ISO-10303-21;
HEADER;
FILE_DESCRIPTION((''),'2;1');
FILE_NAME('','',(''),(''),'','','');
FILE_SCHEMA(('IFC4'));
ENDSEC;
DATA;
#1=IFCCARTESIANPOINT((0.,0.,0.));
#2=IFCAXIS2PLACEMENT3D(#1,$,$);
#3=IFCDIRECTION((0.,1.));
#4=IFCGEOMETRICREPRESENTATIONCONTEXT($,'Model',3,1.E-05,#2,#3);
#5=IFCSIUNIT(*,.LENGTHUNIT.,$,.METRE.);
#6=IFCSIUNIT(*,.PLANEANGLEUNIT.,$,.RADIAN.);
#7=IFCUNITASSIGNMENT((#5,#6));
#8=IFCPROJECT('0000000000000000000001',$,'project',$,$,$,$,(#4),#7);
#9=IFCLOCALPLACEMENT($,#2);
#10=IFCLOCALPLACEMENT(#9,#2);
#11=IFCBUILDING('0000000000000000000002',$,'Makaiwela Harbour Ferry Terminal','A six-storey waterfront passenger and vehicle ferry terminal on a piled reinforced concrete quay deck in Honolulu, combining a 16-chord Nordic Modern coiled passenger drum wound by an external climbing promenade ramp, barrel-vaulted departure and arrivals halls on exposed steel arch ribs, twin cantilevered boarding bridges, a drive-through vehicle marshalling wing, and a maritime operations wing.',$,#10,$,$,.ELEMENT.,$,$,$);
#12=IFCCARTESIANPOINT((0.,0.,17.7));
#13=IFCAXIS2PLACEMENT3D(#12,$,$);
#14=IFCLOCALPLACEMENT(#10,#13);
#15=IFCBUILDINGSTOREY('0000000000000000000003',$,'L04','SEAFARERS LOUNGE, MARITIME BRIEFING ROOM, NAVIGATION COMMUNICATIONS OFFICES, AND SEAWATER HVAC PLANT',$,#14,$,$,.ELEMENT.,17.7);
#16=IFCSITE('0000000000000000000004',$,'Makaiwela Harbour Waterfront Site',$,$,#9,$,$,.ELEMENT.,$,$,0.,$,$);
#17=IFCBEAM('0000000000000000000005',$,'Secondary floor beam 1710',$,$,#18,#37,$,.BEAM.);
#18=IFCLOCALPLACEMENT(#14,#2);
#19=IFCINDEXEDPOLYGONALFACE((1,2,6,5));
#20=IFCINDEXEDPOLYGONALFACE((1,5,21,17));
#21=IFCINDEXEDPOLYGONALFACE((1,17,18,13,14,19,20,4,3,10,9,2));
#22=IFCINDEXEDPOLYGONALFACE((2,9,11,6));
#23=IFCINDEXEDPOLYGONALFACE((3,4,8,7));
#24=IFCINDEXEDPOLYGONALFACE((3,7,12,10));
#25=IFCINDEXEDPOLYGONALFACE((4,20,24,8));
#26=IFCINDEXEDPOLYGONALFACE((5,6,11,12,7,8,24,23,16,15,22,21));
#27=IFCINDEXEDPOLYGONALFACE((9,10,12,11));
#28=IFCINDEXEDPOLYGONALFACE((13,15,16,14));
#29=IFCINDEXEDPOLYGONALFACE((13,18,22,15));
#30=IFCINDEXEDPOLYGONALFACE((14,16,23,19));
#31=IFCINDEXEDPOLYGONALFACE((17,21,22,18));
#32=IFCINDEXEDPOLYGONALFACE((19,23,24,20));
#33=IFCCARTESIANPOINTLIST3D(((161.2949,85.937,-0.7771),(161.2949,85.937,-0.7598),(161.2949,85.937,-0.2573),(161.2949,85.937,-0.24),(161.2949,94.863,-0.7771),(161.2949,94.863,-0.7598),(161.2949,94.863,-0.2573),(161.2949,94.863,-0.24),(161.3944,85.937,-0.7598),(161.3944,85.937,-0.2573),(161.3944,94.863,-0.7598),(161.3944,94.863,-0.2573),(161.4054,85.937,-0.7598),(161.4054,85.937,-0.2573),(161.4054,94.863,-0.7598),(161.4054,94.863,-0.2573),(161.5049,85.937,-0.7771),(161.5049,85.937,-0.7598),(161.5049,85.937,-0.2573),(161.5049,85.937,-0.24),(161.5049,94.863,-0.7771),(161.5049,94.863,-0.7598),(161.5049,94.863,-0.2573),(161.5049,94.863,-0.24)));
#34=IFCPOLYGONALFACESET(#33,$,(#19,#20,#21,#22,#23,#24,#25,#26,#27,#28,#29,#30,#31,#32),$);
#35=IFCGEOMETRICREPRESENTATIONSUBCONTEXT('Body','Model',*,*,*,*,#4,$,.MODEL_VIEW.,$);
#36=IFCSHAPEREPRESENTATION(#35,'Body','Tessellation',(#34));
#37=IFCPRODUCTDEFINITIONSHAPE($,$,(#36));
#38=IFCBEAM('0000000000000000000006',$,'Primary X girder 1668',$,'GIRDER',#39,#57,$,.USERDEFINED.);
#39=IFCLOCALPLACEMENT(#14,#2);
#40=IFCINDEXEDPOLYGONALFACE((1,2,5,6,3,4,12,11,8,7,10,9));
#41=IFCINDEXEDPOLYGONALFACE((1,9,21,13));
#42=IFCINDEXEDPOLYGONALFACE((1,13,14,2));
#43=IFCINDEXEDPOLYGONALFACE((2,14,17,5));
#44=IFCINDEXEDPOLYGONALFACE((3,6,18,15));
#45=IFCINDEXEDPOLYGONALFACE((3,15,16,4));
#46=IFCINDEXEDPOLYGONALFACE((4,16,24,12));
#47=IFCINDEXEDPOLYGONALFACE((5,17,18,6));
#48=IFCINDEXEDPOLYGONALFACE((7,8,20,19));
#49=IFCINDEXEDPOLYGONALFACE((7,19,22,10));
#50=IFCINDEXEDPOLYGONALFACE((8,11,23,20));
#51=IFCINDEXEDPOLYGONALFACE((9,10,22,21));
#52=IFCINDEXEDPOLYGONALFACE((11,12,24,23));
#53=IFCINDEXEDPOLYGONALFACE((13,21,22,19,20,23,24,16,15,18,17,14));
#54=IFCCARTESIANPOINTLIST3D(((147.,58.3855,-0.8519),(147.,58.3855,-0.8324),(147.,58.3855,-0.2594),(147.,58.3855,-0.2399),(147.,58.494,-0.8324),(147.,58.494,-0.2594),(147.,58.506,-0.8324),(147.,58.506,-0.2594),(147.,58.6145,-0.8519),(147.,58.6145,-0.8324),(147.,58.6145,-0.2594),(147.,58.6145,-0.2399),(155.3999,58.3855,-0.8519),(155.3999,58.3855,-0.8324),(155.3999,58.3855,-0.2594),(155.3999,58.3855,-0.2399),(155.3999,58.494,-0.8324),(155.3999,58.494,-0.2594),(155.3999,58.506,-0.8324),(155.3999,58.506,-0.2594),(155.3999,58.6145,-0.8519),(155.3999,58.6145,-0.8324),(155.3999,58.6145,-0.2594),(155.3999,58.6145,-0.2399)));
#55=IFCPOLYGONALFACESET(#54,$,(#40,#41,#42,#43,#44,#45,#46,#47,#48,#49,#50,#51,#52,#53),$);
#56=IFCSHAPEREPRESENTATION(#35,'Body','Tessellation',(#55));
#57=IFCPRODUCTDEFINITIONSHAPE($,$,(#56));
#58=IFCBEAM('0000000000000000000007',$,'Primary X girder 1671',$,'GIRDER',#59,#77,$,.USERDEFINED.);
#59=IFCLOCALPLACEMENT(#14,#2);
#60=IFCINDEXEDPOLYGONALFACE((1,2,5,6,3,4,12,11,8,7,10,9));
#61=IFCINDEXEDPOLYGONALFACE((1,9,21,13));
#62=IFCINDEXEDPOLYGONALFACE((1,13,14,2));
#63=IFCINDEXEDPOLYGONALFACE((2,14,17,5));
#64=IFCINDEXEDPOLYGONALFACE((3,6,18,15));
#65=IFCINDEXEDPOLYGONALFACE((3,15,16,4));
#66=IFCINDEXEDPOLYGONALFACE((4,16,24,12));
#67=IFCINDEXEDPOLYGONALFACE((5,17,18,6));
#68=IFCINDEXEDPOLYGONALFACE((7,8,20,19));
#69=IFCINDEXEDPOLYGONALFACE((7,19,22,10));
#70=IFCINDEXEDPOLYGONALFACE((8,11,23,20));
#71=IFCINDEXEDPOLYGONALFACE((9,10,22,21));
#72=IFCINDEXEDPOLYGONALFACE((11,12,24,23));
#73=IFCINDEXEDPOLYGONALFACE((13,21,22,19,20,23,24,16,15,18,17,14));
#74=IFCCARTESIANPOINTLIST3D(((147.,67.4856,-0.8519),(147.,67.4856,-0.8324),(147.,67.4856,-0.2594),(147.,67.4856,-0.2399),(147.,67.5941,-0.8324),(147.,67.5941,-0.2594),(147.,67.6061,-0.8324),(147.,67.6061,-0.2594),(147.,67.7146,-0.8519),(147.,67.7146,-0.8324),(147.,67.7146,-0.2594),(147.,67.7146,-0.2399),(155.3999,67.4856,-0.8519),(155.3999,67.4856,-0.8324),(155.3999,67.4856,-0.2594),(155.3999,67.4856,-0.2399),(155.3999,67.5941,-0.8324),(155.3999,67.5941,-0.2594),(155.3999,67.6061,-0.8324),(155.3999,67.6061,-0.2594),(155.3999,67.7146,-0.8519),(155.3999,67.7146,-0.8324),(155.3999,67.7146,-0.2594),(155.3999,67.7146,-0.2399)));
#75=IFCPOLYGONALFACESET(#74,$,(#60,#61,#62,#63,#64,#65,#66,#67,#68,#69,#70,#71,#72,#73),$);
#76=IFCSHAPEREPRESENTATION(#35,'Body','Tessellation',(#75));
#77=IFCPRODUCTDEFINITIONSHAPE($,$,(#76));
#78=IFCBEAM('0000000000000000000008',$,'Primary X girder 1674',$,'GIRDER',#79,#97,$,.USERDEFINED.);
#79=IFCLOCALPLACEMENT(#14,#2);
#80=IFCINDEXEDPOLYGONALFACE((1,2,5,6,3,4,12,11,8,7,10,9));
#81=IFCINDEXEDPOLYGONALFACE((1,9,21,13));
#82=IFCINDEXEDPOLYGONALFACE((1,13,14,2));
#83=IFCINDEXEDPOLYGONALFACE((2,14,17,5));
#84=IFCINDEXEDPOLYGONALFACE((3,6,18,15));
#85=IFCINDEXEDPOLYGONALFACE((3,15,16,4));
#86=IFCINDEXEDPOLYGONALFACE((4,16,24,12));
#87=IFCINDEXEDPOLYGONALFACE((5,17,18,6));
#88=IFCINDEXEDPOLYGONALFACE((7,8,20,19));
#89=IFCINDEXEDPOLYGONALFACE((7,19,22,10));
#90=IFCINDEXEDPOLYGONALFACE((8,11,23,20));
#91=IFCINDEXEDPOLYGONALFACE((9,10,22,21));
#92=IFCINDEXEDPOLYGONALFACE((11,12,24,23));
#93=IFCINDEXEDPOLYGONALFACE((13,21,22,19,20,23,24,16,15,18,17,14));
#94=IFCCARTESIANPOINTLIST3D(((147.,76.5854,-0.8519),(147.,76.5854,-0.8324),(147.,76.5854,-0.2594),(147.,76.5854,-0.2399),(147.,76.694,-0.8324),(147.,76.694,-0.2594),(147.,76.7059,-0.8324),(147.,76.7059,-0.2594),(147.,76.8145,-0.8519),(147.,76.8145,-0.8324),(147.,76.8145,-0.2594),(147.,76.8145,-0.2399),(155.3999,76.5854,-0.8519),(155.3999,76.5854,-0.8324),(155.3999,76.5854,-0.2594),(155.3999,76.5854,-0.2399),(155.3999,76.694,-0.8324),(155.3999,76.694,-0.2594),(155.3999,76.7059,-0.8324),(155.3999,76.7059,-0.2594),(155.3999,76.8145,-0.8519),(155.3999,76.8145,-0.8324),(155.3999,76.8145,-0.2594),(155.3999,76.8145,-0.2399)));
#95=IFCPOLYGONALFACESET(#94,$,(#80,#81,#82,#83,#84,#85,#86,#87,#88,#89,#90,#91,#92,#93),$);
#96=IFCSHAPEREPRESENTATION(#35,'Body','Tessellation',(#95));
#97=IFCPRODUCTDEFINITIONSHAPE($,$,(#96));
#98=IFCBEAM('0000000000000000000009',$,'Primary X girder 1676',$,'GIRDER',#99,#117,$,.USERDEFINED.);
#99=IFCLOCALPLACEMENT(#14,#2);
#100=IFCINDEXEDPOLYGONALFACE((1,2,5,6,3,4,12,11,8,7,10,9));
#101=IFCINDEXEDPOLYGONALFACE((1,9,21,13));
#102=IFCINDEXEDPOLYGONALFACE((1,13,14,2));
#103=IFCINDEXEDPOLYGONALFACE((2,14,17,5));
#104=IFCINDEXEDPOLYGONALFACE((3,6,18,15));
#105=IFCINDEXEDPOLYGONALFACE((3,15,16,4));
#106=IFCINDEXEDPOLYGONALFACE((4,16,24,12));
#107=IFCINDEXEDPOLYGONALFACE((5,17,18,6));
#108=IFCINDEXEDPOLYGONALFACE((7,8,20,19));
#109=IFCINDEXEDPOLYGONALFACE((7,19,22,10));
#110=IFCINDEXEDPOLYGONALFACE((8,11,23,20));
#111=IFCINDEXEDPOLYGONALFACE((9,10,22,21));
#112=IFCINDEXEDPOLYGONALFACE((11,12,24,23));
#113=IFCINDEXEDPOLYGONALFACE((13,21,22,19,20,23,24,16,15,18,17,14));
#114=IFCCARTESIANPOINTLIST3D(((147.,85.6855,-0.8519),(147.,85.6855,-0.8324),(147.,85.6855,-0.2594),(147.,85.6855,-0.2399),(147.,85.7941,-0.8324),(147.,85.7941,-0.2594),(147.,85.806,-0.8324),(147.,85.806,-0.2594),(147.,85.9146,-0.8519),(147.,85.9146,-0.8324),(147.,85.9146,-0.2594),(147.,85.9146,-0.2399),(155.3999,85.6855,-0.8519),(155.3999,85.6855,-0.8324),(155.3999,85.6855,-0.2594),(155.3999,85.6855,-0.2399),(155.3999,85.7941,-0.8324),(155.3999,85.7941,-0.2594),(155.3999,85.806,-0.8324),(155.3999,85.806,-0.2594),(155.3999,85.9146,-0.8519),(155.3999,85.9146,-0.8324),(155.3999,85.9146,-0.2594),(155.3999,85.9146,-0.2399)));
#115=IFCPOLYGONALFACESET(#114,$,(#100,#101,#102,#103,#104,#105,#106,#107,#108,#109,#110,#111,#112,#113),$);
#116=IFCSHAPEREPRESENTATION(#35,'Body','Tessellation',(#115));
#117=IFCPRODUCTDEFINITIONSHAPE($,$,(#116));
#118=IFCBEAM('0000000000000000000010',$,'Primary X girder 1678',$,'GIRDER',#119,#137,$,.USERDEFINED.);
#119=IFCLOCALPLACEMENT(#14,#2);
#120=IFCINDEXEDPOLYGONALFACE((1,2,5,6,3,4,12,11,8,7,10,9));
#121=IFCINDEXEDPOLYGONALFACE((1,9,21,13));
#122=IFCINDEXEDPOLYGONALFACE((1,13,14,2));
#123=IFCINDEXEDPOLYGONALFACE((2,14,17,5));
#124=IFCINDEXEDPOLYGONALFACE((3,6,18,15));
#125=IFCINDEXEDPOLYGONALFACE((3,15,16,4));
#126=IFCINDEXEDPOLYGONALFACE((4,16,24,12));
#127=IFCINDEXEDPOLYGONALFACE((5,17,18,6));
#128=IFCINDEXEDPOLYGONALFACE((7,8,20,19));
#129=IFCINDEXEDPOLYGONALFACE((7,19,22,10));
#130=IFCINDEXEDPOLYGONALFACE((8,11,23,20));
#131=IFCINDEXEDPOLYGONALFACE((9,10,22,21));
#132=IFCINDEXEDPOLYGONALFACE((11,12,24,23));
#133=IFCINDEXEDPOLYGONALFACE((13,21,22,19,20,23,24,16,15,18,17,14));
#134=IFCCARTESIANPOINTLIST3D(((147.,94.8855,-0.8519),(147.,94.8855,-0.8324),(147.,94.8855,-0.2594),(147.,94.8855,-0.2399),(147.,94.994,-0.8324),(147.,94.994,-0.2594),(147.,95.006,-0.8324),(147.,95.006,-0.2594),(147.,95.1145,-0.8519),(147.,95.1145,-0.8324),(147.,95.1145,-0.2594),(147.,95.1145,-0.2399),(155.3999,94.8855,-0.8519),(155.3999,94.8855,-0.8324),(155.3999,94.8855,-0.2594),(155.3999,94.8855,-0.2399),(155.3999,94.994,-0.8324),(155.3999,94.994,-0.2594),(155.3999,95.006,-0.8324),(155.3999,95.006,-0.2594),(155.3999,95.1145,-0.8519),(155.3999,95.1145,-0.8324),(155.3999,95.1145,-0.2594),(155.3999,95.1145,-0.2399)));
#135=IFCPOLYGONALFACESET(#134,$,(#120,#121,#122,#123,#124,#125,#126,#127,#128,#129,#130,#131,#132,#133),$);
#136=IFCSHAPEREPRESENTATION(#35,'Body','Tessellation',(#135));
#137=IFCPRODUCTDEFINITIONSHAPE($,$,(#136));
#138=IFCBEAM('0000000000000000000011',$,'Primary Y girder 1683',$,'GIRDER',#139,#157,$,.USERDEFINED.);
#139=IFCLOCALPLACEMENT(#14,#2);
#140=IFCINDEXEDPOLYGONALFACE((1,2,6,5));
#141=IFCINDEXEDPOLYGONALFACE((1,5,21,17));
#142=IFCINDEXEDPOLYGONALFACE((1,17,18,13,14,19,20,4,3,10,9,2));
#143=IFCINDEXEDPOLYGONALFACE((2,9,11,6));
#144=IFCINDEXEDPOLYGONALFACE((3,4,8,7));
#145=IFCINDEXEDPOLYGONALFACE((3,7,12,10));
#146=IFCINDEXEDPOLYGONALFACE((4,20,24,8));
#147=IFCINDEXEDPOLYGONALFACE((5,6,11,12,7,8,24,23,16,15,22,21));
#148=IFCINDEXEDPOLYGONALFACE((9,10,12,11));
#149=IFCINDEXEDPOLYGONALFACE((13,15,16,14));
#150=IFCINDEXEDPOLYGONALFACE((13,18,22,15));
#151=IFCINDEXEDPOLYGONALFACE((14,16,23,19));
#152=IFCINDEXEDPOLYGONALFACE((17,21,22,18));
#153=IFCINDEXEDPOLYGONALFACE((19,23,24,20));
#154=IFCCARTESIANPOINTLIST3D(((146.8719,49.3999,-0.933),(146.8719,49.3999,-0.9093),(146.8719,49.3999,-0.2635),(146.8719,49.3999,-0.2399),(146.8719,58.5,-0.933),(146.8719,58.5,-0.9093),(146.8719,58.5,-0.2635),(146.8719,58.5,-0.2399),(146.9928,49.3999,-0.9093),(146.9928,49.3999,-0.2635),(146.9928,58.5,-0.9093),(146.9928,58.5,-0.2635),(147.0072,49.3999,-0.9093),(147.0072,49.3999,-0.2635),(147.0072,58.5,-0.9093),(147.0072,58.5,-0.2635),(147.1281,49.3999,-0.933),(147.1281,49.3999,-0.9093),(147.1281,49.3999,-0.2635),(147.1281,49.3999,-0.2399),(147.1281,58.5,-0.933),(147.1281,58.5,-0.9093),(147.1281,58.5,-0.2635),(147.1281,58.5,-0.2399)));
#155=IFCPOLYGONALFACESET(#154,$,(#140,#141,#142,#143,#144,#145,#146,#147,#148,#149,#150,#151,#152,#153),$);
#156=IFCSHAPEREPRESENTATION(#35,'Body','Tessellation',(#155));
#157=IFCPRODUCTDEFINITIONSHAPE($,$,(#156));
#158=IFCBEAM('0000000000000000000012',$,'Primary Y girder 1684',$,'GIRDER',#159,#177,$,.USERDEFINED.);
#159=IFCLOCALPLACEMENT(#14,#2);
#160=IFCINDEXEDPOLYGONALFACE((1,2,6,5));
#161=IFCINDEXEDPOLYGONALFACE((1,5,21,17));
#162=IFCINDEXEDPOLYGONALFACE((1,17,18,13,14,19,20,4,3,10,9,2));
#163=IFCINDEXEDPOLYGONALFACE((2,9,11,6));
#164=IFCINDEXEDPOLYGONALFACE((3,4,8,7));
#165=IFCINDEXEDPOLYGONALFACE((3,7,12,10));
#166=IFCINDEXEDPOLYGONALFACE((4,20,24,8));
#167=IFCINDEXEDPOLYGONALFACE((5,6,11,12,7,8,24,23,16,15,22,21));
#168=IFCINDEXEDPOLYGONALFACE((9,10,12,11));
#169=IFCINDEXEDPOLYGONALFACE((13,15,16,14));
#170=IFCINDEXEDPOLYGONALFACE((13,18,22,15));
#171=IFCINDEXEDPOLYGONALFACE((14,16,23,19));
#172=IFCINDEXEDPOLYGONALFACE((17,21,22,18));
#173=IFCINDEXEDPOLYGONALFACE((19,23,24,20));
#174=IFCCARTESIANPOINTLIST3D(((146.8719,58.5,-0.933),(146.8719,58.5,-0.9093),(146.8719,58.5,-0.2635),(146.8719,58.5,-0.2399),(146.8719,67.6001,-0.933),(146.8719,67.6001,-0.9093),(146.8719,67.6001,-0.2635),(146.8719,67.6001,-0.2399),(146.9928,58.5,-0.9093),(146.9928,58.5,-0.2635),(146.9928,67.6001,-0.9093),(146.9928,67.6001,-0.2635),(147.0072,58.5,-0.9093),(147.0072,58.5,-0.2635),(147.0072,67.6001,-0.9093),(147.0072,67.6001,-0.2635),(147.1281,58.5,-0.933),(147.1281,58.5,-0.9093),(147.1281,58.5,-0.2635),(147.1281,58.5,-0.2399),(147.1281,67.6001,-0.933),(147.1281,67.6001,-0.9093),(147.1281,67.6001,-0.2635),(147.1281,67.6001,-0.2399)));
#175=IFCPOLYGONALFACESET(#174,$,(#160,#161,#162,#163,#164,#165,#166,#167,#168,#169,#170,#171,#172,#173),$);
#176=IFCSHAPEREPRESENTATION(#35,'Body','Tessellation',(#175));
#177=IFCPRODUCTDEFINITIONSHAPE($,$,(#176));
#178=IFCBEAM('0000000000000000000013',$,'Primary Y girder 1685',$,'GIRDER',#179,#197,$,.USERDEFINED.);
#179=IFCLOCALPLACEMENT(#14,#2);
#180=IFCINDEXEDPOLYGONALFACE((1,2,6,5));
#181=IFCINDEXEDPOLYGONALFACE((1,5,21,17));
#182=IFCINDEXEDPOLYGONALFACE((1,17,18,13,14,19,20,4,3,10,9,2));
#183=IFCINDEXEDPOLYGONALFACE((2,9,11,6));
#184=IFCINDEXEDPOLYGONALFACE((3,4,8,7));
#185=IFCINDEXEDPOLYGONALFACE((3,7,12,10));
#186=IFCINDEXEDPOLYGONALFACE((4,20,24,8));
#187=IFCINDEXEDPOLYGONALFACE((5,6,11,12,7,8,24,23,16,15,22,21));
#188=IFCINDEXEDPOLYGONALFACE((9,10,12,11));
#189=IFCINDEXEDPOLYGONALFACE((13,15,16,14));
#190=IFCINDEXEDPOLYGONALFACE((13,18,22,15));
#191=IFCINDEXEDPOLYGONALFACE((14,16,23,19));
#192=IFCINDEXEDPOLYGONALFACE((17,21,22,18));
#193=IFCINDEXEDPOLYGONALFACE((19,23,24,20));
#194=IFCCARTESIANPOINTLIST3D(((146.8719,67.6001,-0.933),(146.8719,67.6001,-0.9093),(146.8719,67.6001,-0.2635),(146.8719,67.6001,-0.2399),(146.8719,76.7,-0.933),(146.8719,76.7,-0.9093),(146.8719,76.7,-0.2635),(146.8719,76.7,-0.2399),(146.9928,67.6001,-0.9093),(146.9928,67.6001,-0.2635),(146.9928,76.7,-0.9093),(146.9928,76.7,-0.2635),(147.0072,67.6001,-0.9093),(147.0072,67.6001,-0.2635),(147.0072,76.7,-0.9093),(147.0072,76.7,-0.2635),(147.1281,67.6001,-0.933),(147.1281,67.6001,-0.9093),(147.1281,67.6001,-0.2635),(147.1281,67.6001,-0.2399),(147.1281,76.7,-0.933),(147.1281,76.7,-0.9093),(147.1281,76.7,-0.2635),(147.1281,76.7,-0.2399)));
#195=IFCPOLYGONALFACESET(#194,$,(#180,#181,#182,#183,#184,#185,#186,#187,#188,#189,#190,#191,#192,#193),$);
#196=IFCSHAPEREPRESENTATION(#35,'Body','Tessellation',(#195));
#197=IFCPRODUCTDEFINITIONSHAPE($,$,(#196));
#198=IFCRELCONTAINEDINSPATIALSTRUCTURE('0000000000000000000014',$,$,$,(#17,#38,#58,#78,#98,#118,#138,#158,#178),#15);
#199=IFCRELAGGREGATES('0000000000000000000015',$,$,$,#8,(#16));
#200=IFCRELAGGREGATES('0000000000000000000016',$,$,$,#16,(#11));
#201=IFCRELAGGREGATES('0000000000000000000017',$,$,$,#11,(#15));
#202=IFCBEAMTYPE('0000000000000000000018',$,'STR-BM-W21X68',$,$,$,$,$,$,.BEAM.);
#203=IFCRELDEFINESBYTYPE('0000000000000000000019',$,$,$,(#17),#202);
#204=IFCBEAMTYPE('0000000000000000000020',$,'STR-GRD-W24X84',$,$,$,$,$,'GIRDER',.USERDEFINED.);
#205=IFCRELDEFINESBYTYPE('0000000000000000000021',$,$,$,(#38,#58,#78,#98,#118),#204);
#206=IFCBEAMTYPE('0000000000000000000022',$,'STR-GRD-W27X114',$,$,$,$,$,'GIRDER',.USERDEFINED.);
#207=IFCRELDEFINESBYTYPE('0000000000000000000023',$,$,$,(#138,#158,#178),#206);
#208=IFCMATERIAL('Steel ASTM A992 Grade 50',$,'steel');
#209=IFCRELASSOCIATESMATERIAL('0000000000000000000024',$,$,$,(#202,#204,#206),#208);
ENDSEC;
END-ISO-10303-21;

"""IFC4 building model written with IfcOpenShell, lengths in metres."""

from ifc_helpers import new_model, si_unit, direction, frame, origin, origin_2d, place, context, subcontext, project, spatial, i_section, extrude, material, material_profile, profile_set, type_object, element, save


model = new_model("IFC4")

# Units and contexts
model_context = context("Model", 3, precision=1e-05, world=origin(), true_north=direction((0.0, 1.0)))
body_context = subcontext(model_context, "Body", "Model", "MODEL_VIEW")
ifc_project = project(units=[si_unit("LENGTHUNIT", "METRE"), si_unit("PLANEANGLEUNIT", "RADIAN")], contexts=[model_context])

# Site, building, storey
site_placement = place(None, origin())
site = spatial("IfcSite", under=ifc_project, at=site_placement, Name="Makaiwela Harbour Waterfront Site", CompositionType="ELEMENT", RefElevation=0.0)
building_placement = place(site_placement, origin())
building = spatial("IfcBuilding", under=site, at=building_placement, Name="Makaiwela Harbour Ferry Terminal", Description="A six-storey waterfront passenger and vehicle ferry terminal on a piled reinforced concrete quay deck in Honolulu, combining a 16-chord Nordic Modern coiled passenger drum wound by an external climbing promenade ramp, barrel-vaulted departure and arrivals halls on exposed steel arch ribs, twin cantilevered boarding bridges, a drive-through vehicle marshalling wing, and a maritime operations wing.", CompositionType="ELEMENT")
storey_placement = place(building_placement, frame((0.0, 0.0, 17.7)))
storey = spatial("IfcBuildingStorey", under=building, at=storey_placement, Name="L04", Description="SEAFARERS LOUNGE, MARITIME BRIEFING ROOM, NAVIGATION COMMUNICATIONS OFFICES, AND SEAWATER HVAC PLANT", CompositionType="ELEMENT", Elevation=17.7)

# Beams
ifc_material_1 = material(Name="Steel ASTM A992 Grade 50", Category="steel")
ifc_material_profile_1 = material_profile(ifc_material_1, i_section(OverallWidth=0.21, OverallDepth=0.5371, WebThickness=0.011, FlangeThickness=0.0173, at=origin_2d()), Name="W21X68")
ifc_profile_set_1 = profile_set([ifc_material_profile_1], Name="Steel ASTM A992 Grade 50")
beam_type_1 = type_object("IfcBeamType", Name="STR-BM-W21X68", PredefinedType="BEAM", material=ifc_profile_set_1)
beam_1_placement = place(storey_placement, frame((161.3999, 85.937, -0.5085), z_axis=(0.0, 1.0, 0.0), x_axis=(-1.0, 0.0, 0.0)))
element("IfcBeam", 1, at=beam_1_placement, inside=storey, type_object=beam_type_1, Name="Secondary floor beam 1710", PredefinedType="BEAM", context=body_context, shape_type="SweptSolid", body=[
    extrude(i_section(OverallWidth=0.21, OverallDepth=0.5371, WebThickness=0.011, FlangeThickness=0.0173, at=origin_2d()), origin(), (0.0, 0.0, 1.0), 8.926),
])
ifc_material_profile_2 = material_profile(ifc_material_1, i_section(OverallWidth=0.229, OverallDepth=0.6121, WebThickness=0.012, FlangeThickness=0.0195, at=origin_2d()), Name="W24X84")
ifc_profile_set_2 = profile_set([ifc_material_profile_2], Name="Steel ASTM A992 Grade 50")
beam_type_2 = type_object("IfcBeamType", Name="STR-GRD-W24X84", ElementType="GIRDER", PredefinedType="USERDEFINED", material=ifc_profile_set_2)
for number, where, z_axis, x_axis, name in (
    (2, (147.0, 58.5, -0.5459), (1.0, 0.0, 0.0), (0.0, 1.0, 0.0), "Primary X girder 1668"),
    (3, (147.0, 67.6001, -0.5459), (1.0, 0.0, 0.0), (0.0, 1.0, 0.0), "Primary X girder 1671"),
    (4, (147.0, 76.7, -0.5459), (1.0, 0.0, 0.0), (0.0, 1.0, 0.0), "Primary X girder 1674"),
    (5, (147.0, 85.8, -0.5459), (1.0, 0.0, 0.0), (0.0, 1.0, 0.0), "Primary X girder 1676"),
    (6, (147.0, 95.0, -0.5459), (1.0, 0.0, 0.0), (0.0, 1.0, 0.0), "Primary X girder 1678"),
):
    element("IfcBeam", number, at=place(storey_placement, frame(where, z_axis=z_axis, x_axis=x_axis)), inside=storey, type_object=beam_type_2, Name=name, ObjectType="GIRDER", PredefinedType="USERDEFINED", context=body_context, shape_type="SweptSolid", body=[
        extrude(i_section(OverallWidth=0.229, OverallDepth=0.6121, WebThickness=0.012, FlangeThickness=0.0195, at=origin_2d()), origin(), (0.0, 0.0, 1.0), 8.3999),
    ])
ifc_material_profile_3 = material_profile(ifc_material_1, i_section(OverallWidth=0.2561, OverallDepth=0.6931, WebThickness=0.0144, FlangeThickness=0.0237, at=origin_2d()), Name="W27X114")
ifc_profile_set_3 = profile_set([ifc_material_profile_3], Name="Steel ASTM A992 Grade 50")
beam_type_3 = type_object("IfcBeamType", Name="STR-GRD-W27X114", ElementType="GIRDER", PredefinedType="USERDEFINED", material=ifc_profile_set_3)
for number, where, z_axis, x_axis, name in (
    (7, (147.0, 49.3999, -0.5864), (0.0, 1.0, 0.0), (-1.0, 0.0, 0.0), "Primary Y girder 1683"),
    (8, (147.0, 58.5, -0.5864), (0.0, 1.0, 0.0), (-1.0, 0.0, 0.0), "Primary Y girder 1684"),
):
    element("IfcBeam", number, at=place(storey_placement, frame(where, z_axis=z_axis, x_axis=x_axis)), inside=storey, type_object=beam_type_3, Name=name, ObjectType="GIRDER", PredefinedType="USERDEFINED", context=body_context, shape_type="SweptSolid", body=[
        extrude(i_section(OverallWidth=0.2561, OverallDepth=0.6931, WebThickness=0.0144, FlangeThickness=0.0237, at=origin_2d()), origin(), (0.0, 0.0, 1.0), 9.1001),
    ])
beam_2_placement = place(storey_placement, frame((147.0, 67.6001, -0.5864), z_axis=(0.0, 1.0, 0.0), x_axis=(-1.0, 0.0, 0.0)))
element("IfcBeam", 9, at=beam_2_placement, inside=storey, type_object=beam_type_3, Name="Primary Y girder 1685", ObjectType="GIRDER", PredefinedType="USERDEFINED", context=body_context, shape_type="SweptSolid", body=[
    extrude(i_section(OverallWidth=0.2561, OverallDepth=0.6931, WebThickness=0.0144, FlangeThickness=0.0237, at=origin_2d()), origin(), (0.0, 0.0, 1.0), 9.0999),
])

save(model, "model.ifc")
